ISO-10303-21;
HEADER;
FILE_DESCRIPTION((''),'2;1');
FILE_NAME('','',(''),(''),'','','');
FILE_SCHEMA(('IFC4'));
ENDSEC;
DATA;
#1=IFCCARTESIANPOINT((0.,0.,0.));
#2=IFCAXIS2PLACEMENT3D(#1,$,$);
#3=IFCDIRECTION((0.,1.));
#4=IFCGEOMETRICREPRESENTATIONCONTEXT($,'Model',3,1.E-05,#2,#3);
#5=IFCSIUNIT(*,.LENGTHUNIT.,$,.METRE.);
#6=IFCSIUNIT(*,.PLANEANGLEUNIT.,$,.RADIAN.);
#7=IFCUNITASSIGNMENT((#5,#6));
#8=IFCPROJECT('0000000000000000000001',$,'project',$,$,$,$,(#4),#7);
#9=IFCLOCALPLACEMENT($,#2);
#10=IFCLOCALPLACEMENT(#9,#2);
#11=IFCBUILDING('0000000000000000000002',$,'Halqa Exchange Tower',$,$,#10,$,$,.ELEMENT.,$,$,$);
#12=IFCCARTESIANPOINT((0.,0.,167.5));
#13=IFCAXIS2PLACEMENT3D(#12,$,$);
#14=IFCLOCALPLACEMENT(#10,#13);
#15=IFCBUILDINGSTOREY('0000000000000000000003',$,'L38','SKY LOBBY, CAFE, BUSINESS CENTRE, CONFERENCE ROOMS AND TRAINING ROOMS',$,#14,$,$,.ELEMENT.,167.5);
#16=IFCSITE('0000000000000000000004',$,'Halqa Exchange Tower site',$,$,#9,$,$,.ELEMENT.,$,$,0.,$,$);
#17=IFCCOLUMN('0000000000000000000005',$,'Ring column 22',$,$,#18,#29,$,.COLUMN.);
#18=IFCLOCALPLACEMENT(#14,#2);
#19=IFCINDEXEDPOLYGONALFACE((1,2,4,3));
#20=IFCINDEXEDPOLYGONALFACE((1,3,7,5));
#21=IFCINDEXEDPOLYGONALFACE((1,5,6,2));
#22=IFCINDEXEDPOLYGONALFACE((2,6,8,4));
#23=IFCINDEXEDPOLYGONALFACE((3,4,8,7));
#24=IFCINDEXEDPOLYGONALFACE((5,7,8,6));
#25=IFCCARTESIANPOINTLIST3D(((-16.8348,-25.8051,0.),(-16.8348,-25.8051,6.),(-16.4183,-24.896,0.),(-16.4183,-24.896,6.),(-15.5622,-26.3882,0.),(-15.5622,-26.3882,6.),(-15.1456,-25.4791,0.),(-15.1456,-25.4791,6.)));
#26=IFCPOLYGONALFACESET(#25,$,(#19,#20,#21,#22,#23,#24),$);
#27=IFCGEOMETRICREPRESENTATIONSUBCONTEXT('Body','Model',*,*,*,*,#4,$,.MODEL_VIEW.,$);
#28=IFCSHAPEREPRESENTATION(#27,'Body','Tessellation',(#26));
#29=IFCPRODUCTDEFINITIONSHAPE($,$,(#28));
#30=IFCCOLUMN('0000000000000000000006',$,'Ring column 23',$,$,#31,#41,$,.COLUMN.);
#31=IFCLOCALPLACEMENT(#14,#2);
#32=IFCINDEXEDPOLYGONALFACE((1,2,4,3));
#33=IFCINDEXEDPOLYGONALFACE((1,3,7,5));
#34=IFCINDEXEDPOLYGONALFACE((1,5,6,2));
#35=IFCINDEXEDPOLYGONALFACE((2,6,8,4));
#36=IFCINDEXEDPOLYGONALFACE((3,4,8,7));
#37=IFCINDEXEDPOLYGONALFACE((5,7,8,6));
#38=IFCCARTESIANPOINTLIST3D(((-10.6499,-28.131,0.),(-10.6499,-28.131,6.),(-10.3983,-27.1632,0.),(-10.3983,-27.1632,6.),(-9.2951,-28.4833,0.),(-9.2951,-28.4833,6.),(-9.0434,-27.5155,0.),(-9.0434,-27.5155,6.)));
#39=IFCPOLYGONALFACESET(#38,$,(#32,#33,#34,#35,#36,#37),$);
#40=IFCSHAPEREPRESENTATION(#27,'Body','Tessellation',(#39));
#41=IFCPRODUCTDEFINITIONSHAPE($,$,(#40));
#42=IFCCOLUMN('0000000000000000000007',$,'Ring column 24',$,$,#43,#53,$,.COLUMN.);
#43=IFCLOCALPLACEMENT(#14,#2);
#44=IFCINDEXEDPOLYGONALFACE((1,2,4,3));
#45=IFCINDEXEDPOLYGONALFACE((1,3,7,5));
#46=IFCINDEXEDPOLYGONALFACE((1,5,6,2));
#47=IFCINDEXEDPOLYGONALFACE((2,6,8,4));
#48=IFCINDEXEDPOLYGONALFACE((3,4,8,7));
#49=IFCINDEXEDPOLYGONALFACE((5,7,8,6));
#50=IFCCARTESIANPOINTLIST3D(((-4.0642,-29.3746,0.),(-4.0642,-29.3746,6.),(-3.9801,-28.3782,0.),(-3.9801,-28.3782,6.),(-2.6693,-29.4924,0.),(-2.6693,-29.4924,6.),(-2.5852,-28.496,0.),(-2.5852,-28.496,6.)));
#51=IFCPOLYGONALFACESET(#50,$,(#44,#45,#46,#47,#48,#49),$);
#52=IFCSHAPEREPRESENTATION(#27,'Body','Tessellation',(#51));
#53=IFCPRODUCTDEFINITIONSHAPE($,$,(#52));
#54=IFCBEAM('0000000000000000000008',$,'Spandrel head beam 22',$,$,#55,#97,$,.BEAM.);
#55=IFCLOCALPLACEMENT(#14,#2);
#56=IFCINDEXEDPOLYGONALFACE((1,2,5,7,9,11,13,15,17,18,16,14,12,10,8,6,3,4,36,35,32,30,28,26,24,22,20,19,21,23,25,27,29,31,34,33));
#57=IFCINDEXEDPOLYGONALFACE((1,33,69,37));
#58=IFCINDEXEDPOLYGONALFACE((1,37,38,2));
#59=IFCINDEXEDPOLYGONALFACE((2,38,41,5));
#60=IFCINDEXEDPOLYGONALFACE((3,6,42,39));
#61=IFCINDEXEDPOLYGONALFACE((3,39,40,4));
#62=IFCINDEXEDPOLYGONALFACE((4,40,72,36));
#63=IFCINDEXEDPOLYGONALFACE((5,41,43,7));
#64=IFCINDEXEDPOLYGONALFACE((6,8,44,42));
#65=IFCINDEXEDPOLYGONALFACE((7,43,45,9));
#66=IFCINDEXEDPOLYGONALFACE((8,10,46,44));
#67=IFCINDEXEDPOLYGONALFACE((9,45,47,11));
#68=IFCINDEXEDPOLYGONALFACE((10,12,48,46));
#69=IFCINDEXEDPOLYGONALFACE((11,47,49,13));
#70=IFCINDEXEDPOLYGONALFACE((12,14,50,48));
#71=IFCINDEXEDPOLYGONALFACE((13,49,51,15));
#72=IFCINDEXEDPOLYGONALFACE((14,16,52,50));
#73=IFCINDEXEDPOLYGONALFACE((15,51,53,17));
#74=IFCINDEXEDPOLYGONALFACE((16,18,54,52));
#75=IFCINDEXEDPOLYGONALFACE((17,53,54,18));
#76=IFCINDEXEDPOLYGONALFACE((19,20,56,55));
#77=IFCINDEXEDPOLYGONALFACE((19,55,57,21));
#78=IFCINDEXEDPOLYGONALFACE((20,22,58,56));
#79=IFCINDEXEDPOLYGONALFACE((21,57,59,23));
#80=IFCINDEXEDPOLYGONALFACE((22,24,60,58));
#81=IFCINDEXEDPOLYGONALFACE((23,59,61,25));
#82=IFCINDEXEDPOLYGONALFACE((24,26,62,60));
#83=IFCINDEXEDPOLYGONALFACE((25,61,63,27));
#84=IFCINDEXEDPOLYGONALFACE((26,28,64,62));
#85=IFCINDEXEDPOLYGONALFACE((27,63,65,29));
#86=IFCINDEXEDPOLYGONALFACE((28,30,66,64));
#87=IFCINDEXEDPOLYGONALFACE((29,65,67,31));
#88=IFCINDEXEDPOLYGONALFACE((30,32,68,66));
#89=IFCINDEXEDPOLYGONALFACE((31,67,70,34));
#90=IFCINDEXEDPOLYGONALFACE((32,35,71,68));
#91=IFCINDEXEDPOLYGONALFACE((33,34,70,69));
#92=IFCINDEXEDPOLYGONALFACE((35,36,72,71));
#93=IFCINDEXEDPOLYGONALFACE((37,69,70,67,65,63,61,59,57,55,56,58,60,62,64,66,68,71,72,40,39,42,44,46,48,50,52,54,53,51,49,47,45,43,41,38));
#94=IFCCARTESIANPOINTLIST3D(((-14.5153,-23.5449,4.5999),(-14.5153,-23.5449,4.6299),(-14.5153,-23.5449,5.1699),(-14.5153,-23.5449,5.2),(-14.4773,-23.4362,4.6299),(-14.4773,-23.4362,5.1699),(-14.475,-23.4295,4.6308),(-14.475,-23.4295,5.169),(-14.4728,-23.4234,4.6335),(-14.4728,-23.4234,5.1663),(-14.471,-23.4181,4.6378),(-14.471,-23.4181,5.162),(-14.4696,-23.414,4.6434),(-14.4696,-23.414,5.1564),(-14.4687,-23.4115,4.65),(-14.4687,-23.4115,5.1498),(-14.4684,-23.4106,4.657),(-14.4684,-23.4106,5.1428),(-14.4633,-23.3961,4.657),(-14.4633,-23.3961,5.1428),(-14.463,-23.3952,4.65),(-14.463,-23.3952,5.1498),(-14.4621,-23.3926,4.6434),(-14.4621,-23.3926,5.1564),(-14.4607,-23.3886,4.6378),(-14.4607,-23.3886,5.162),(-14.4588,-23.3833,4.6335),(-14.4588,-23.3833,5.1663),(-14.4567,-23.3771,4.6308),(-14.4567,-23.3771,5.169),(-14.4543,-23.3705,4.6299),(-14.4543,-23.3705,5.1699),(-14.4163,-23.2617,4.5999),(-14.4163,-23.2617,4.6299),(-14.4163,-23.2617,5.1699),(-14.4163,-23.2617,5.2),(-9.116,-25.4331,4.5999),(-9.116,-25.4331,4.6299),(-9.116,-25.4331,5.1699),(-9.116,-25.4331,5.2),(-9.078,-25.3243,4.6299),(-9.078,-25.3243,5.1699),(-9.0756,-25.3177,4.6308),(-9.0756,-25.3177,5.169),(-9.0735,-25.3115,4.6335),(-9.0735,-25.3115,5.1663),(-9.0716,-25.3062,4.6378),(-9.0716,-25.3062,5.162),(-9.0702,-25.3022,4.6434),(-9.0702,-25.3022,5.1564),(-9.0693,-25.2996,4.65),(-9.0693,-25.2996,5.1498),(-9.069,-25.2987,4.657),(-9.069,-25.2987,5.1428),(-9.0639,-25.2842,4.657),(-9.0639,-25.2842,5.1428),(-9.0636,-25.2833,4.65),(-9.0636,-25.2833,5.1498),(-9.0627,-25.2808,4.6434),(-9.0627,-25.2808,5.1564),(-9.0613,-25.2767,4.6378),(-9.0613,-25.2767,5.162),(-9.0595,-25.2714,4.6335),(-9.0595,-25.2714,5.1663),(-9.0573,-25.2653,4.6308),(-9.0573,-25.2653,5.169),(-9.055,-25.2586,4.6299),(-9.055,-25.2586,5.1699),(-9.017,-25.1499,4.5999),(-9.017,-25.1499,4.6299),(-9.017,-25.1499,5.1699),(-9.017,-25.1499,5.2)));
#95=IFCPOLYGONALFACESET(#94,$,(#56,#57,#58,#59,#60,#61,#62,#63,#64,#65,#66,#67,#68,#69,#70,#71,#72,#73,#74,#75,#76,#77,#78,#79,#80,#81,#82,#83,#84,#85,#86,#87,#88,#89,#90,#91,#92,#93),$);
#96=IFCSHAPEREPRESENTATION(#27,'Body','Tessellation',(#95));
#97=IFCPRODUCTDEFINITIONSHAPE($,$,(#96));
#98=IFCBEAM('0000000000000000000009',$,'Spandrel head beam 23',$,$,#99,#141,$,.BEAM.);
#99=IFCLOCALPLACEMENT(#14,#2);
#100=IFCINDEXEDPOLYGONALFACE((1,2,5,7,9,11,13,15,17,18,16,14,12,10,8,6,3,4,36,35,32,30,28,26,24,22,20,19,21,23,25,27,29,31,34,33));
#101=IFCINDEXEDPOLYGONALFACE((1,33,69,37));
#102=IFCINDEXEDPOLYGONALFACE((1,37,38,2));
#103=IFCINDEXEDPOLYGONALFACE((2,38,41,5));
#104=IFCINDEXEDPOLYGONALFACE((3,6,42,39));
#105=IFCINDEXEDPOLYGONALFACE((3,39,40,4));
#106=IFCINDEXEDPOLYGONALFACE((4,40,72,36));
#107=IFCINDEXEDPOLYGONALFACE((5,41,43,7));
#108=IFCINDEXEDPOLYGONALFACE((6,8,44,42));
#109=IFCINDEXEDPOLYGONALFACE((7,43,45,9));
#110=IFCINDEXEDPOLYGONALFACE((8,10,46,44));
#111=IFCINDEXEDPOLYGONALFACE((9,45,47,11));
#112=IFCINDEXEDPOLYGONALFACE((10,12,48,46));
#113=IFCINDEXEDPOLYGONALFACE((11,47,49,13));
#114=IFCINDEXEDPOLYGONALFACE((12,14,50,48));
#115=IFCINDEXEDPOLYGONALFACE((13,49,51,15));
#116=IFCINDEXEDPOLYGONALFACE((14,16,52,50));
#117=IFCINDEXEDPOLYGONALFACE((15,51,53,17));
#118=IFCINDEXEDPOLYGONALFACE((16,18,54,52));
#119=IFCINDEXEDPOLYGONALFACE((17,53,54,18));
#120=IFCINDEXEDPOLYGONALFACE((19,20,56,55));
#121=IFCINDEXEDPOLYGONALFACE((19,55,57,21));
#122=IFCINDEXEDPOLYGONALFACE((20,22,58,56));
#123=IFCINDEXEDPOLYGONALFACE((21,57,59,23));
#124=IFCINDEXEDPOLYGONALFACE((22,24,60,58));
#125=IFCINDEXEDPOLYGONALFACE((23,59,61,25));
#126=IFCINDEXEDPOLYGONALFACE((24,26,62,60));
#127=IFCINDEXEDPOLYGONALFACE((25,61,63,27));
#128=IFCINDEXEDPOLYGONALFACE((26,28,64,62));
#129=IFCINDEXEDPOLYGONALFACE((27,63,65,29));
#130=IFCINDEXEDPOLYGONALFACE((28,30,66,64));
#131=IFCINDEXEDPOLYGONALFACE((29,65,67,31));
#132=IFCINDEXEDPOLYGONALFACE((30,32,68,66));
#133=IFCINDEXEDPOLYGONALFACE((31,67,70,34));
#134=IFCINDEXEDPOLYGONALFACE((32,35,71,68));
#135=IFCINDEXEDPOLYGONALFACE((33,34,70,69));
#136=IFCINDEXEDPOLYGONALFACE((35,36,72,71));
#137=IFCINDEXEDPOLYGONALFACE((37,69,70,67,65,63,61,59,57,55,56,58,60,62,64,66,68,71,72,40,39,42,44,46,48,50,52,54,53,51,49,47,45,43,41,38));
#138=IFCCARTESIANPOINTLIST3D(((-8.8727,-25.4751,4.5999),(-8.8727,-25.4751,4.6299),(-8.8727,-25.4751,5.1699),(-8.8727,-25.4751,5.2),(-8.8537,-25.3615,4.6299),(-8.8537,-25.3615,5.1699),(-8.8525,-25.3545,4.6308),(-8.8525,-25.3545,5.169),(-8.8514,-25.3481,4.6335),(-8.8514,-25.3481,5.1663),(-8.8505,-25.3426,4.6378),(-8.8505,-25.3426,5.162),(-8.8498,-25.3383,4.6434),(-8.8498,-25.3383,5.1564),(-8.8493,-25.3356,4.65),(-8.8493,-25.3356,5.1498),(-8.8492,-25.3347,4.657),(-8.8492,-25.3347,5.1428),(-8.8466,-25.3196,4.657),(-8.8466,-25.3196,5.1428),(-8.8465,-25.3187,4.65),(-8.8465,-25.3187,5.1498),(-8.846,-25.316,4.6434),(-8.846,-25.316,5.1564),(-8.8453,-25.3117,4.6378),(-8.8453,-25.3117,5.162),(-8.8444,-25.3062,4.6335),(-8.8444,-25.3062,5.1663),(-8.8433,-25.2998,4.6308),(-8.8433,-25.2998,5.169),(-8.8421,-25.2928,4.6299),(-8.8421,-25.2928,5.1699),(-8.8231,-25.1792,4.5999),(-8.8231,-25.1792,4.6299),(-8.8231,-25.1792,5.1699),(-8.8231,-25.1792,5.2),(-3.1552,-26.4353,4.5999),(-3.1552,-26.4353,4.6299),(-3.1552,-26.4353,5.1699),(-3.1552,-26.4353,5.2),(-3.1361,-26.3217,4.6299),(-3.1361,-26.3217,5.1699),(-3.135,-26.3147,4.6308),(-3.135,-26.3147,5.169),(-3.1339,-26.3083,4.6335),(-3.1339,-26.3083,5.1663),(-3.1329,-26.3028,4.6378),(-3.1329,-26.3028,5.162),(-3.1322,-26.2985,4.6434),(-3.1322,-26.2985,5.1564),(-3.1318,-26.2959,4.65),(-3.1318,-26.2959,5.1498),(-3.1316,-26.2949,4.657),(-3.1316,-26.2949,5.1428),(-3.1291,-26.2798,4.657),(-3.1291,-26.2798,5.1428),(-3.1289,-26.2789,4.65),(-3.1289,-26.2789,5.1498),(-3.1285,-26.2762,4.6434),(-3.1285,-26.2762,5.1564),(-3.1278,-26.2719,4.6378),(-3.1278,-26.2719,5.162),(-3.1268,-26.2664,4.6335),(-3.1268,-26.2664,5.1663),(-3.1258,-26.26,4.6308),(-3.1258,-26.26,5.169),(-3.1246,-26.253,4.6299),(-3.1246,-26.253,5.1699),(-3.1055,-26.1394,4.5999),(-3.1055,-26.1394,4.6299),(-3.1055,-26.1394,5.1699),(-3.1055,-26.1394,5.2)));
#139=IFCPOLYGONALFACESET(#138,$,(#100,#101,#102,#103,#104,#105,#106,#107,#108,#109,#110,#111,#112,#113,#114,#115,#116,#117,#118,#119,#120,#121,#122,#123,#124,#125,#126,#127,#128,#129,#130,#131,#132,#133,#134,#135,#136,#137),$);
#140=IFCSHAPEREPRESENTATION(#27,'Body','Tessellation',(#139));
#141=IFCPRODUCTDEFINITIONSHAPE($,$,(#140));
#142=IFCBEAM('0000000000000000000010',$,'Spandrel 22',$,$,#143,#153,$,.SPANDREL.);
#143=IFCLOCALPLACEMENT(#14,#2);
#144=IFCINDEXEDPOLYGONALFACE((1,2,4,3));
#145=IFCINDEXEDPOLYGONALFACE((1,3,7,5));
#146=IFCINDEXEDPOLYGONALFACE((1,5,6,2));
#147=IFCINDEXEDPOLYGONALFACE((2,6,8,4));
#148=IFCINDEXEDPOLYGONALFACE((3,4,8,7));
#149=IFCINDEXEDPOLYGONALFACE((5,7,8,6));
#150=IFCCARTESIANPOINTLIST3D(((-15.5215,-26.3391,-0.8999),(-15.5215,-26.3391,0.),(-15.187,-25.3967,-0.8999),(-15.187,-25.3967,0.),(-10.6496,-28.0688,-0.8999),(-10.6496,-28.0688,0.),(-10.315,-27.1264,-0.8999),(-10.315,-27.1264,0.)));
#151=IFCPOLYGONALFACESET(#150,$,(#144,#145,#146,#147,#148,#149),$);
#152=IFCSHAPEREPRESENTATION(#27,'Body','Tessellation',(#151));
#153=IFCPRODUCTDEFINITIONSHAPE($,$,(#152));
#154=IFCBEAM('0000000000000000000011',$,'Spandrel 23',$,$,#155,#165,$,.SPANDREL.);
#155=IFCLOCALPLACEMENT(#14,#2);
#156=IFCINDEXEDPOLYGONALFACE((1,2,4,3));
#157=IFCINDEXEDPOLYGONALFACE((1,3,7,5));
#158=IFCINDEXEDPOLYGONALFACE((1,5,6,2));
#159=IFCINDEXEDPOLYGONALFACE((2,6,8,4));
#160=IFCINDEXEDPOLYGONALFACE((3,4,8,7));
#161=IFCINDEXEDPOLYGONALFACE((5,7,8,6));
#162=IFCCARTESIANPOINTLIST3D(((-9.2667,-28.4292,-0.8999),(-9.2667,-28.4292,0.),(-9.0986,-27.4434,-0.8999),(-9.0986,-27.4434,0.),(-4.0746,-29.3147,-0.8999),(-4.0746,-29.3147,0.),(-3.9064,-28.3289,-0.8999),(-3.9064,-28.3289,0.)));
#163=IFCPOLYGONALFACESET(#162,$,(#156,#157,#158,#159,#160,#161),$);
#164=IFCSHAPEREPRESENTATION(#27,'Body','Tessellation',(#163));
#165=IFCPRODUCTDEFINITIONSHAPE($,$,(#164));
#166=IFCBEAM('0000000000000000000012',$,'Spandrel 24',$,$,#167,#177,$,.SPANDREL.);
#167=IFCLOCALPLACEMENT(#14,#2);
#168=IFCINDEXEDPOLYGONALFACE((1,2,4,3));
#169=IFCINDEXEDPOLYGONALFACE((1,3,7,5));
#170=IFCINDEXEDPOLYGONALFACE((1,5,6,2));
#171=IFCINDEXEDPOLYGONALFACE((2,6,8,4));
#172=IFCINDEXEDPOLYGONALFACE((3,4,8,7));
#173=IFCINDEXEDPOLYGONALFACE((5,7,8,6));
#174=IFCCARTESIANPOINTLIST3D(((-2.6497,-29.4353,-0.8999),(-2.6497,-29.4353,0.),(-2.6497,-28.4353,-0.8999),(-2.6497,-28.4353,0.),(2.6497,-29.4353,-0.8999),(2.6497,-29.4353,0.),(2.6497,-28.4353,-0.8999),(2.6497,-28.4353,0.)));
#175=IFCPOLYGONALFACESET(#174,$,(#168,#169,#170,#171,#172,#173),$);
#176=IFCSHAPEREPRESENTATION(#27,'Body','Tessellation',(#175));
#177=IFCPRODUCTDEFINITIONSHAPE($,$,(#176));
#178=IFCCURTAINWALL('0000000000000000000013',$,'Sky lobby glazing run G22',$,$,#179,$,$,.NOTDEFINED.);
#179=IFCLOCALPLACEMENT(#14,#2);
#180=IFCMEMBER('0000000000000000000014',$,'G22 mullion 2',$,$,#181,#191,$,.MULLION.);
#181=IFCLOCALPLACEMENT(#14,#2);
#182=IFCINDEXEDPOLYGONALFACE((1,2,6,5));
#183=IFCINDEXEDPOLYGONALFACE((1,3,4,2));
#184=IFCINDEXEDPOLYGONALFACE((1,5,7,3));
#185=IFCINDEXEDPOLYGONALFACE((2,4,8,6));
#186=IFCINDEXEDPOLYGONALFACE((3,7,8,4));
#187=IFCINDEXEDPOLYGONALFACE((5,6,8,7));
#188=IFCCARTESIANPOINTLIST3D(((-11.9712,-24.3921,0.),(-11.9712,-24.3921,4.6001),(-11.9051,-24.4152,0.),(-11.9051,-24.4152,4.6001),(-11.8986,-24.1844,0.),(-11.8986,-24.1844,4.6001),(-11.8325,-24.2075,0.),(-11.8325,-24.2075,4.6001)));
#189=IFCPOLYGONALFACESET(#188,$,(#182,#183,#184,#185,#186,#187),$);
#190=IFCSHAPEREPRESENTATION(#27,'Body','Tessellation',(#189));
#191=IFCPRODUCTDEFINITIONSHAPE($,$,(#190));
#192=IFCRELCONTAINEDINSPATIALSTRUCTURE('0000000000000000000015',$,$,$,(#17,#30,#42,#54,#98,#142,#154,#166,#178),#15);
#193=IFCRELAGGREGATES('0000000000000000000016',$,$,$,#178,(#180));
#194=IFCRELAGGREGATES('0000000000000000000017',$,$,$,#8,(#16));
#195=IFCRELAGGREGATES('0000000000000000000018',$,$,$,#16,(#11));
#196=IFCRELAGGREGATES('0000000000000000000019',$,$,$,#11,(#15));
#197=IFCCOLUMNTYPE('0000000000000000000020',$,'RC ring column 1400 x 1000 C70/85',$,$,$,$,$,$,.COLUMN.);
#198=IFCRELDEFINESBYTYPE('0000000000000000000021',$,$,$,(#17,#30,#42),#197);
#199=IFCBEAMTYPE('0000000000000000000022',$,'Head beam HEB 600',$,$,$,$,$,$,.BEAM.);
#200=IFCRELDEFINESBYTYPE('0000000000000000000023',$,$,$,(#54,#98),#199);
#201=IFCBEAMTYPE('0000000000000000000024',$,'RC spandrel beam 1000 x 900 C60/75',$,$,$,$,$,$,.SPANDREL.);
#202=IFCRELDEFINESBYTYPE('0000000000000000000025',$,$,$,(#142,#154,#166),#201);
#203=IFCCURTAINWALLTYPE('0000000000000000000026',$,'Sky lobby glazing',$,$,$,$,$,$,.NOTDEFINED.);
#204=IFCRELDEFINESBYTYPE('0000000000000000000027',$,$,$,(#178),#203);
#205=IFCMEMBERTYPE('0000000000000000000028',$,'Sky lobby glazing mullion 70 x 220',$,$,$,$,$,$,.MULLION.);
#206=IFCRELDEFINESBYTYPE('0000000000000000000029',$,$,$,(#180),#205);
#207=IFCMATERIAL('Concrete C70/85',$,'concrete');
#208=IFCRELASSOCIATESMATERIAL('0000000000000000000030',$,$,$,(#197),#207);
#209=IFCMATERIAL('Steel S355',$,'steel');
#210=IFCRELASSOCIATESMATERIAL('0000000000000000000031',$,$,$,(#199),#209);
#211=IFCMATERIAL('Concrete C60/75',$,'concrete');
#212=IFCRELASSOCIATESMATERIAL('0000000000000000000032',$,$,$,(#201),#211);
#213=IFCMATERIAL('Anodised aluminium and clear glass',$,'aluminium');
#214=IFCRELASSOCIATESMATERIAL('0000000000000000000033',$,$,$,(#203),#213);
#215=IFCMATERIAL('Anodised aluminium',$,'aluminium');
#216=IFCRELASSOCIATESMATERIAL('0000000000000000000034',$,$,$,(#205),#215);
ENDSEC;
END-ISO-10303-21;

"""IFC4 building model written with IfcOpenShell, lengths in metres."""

from ifc_helpers import new_model, si_unit, direction, frame, origin, origin_2d, place, context, subcontext, project, spatial, rectangle, i_section, extrude, material, material_profile, profile_set, type_object, element, aggregate, save


model = new_model("IFC4")

# Units and contexts
model_context = context("Model", 3, precision=1e-05, world=origin(), true_north=direction((0.0, 1.0)))
body_context = subcontext(model_context, "Body", "Model", "MODEL_VIEW")
ifc_project = project(units=[si_unit("LENGTHUNIT", "METRE"), si_unit("PLANEANGLEUNIT", "RADIAN")], contexts=[model_context])

# Site, building, storey
site_placement = place(None, origin())
site = spatial("IfcSite", under=ifc_project, at=site_placement, Name="Halqa Exchange Tower site", CompositionType="ELEMENT", RefElevation=0.0)
building_placement = place(site_placement, origin())
building = spatial("IfcBuilding", under=site, at=building_placement, Name="Halqa Exchange Tower", CompositionType="ELEMENT")
storey_placement = place(building_placement, frame((0.0, 0.0, 167.5)))
storey = spatial("IfcBuildingStorey", under=building, at=storey_placement, Name="L38", Description="SKY LOBBY, CAFE, BUSINESS CENTRE, CONFERENCE ROOMS AND TRAINING ROOMS", CompositionType="ELEMENT", Elevation=167.5)

# Columns
ifc_material_1 = material(Name="Concrete C70/85", Category="concrete")
ifc_material_profile_1 = material_profile(ifc_material_1, rectangle(XDim=1.3999, YDim=1.0, at=origin_2d()), Name="1400 x 1000")
ifc_profile_set_1 = profile_set([ifc_material_profile_1], Name="Concrete C70/85")
column_type = type_object("IfcColumnType", Name="RC ring column 1400 x 1000 C70/85", PredefinedType="COLUMN", material=ifc_profile_set_1)
for number, where, z_axis, x_axis, name in (
    (1, (-15.9902, -25.6421, 0.0), (0.0, 0.0, 1.0), (0.909126, -0.41652, 0.0), "Ring column 22"),
    (2, (-9.8467, -27.8232, 0.0), (0.0, 0.0, 1.0), (0.96782, -0.251645, 0.0), "Ring column 23"),
    (3, (-3.3247, -28.9353, 0.0), (0.0, 0.0, 1.0), (0.996455, -0.084125, 0.0), "Ring column 24"),
):
    element("IfcColumn", number, at=place(storey_placement, frame(where, z_axis=z_axis, x_axis=x_axis)), inside=storey, type_object=column_type, Name=name, PredefinedType="COLUMN", context=body_context, shape_type="SweptSolid", body=[
        extrude(rectangle(XDim=1.3999, YDim=1.0, at=origin_2d()), origin(), (0.0, 0.0, 1.0), 6.0),
    ])

# Beams
ifc_material_2 = material(Name="Steel S355", Category="steel")
ifc_material_profile_2 = material_profile(ifc_material_2, i_section(OverallWidth=0.3, OverallDepth=0.6001, WebThickness=0.0154, FlangeThickness=0.03, FilletRadius=0.0271, at=origin_2d()), Name="HEB 600")
ifc_profile_set_2 = profile_set([ifc_material_profile_2], Name="Steel S355")
beam_type_1 = type_object("IfcBeamType", Name="Head beam HEB 600", PredefinedType="BEAM", material=ifc_profile_set_2)
beam_1_placement = place(storey_placement, frame((-14.4658, -23.4033, 4.8999), z_axis=(0.943946, -0.330099, 0.0), x_axis=(0.330099, 0.943946, 0.0)))
element("IfcBeam", 4, at=beam_1_placement, inside=storey, type_object=beam_type_1, Name="Spandrel head beam 22", PredefinedType="BEAM", context=body_context, shape_type="SweptSolid", body=[
    extrude(i_section(OverallWidth=0.3, OverallDepth=0.6001, WebThickness=0.0154, FlangeThickness=0.03, FilletRadius=0.0271, at=origin_2d()), origin(), (0.0, 0.0, 1.0), 5.72),
])
beam_2_placement = place(storey_placement, frame((-8.8479, -25.3271, 4.8999), z_axis=(0.986189, -0.165621, 0.0), x_axis=(0.165621, 0.986189, 0.0)))
element("IfcBeam", 5, at=beam_2_placement, inside=storey, type_object=beam_type_1, Name="Spandrel head beam 23", PredefinedType="BEAM", context=body_context, shape_type="SweptSolid", body=[
    extrude(i_section(OverallWidth=0.3, OverallDepth=0.6001, WebThickness=0.0154, FlangeThickness=0.03, FilletRadius=0.0271, at=origin_2d()), origin(), (0.0, 0.0, 1.0), 5.7976),
])
ifc_material_3 = material(Name="Concrete C60/75", Category="concrete")
ifc_material_profile_3 = material_profile(ifc_material_3, rectangle(XDim=1.0, YDim=0.8999, at=origin_2d()), Name="1000 x 900")
ifc_profile_set_3 = profile_set([ifc_material_profile_3], Name="Concrete C60/75")
beam_type_2 = type_object("IfcBeamType", Name="RC spandrel beam 1000 x 900 C60/75", PredefinedType="SPANDREL", material=ifc_profile_set_3)
beam_3_placement = place(storey_placement, frame((-15.3542, -25.8679, -0.45), z_axis=(0.942371, -0.334571, 0.0), x_axis=(0.334571, 0.942371, 0.0)))
element("IfcBeam", 6, at=beam_3_placement, inside=storey, type_object=beam_type_2, Name="Spandrel 22", PredefinedType="SPANDREL", context=body_context, shape_type="SweptSolid", body=[
    extrude(rectangle(XDim=1.0, YDim=0.8999, at=origin_2d()), origin(), (0.0, 0.0, 1.0), 5.1699),
])
beam_4_placement = place(storey_placement, frame((-9.1826, -27.9363, -0.45), z_axis=(0.985767, -0.168119, 0.0), x_axis=(0.168119, 0.985767, 0.0)))
element("IfcBeam", 7, at=beam_4_placement, inside=storey, type_object=beam_type_2, Name="Spandrel 23", PredefinedType="SPANDREL", context=body_context, shape_type="SweptSolid", body=[
    extrude(rectangle(XDim=1.0, YDim=0.8999, at=origin_2d()), origin(), (0.0, 0.0, 1.0), 5.2671),
])
beam_5_placement = place(storey_placement, frame((-2.6497, -28.9353, -0.45), z_axis=(1.0, 0.0, 0.0), x_axis=(0.0, 1.0, 0.0)))
element("IfcBeam", 8, at=beam_5_placement, inside=storey, type_object=beam_type_2, Name="Spandrel 24", PredefinedType="SPANDREL", context=body_context, shape_type="SweptSolid", body=[
    extrude(rectangle(XDim=1.0, YDim=0.8999, at=origin_2d()), origin(), (0.0, 0.0, 1.0), 5.2993),
])

# Curtain wall, member
ifc_material_4 = material(Name="Anodised aluminium and clear glass", Category="aluminium")
curtain_wall_type = type_object("IfcCurtainWallType", Name="Sky lobby glazing", PredefinedType="NOTDEFINED", material=ifc_material_4)
curtain_wall_1_placement = place(storey_placement, origin())
curtain_wall_1 = element("IfcCurtainWall", 9, at=curtain_wall_1_placement, inside=storey, type_object=curtain_wall_type, Name="Sky lobby glazing run G22", PredefinedType="NOTDEFINED")
ifc_material_5 = material(Name="Anodised aluminium", Category="aluminium")
ifc_material_profile_4 = material_profile(ifc_material_5, rectangle(XDim=0.22, YDim=0.0701, at=origin_2d()), Name="AL 70x220")
ifc_profile_set_4 = profile_set([ifc_material_profile_4], Name="Anodised aluminium")
member_type_1 = type_object("IfcMemberType", Name="Sky lobby glazing mullion 70 x 220", PredefinedType="MULLION", material=ifc_profile_set_4)
member_1_placement = place(storey_placement, frame((-11.9019, -24.2998, 0.0), z_axis=(0.0, 0.0, 1.0), x_axis=(0.3301, 0.943946, 0.0)))
member_1 = element("IfcMember", 10, at=member_1_placement, type_object=member_type_1, Name="G22 mullion 2", PredefinedType="MULLION", context=body_context, shape_type="SweptSolid", body=[
    extrude(rectangle(XDim=0.22, YDim=0.0701, at=origin_2d()), origin(), (0.0, 0.0, 1.0), 4.6001),
])

aggregate(curtain_wall_1, [member_1])

save(model, "model.ifc")
